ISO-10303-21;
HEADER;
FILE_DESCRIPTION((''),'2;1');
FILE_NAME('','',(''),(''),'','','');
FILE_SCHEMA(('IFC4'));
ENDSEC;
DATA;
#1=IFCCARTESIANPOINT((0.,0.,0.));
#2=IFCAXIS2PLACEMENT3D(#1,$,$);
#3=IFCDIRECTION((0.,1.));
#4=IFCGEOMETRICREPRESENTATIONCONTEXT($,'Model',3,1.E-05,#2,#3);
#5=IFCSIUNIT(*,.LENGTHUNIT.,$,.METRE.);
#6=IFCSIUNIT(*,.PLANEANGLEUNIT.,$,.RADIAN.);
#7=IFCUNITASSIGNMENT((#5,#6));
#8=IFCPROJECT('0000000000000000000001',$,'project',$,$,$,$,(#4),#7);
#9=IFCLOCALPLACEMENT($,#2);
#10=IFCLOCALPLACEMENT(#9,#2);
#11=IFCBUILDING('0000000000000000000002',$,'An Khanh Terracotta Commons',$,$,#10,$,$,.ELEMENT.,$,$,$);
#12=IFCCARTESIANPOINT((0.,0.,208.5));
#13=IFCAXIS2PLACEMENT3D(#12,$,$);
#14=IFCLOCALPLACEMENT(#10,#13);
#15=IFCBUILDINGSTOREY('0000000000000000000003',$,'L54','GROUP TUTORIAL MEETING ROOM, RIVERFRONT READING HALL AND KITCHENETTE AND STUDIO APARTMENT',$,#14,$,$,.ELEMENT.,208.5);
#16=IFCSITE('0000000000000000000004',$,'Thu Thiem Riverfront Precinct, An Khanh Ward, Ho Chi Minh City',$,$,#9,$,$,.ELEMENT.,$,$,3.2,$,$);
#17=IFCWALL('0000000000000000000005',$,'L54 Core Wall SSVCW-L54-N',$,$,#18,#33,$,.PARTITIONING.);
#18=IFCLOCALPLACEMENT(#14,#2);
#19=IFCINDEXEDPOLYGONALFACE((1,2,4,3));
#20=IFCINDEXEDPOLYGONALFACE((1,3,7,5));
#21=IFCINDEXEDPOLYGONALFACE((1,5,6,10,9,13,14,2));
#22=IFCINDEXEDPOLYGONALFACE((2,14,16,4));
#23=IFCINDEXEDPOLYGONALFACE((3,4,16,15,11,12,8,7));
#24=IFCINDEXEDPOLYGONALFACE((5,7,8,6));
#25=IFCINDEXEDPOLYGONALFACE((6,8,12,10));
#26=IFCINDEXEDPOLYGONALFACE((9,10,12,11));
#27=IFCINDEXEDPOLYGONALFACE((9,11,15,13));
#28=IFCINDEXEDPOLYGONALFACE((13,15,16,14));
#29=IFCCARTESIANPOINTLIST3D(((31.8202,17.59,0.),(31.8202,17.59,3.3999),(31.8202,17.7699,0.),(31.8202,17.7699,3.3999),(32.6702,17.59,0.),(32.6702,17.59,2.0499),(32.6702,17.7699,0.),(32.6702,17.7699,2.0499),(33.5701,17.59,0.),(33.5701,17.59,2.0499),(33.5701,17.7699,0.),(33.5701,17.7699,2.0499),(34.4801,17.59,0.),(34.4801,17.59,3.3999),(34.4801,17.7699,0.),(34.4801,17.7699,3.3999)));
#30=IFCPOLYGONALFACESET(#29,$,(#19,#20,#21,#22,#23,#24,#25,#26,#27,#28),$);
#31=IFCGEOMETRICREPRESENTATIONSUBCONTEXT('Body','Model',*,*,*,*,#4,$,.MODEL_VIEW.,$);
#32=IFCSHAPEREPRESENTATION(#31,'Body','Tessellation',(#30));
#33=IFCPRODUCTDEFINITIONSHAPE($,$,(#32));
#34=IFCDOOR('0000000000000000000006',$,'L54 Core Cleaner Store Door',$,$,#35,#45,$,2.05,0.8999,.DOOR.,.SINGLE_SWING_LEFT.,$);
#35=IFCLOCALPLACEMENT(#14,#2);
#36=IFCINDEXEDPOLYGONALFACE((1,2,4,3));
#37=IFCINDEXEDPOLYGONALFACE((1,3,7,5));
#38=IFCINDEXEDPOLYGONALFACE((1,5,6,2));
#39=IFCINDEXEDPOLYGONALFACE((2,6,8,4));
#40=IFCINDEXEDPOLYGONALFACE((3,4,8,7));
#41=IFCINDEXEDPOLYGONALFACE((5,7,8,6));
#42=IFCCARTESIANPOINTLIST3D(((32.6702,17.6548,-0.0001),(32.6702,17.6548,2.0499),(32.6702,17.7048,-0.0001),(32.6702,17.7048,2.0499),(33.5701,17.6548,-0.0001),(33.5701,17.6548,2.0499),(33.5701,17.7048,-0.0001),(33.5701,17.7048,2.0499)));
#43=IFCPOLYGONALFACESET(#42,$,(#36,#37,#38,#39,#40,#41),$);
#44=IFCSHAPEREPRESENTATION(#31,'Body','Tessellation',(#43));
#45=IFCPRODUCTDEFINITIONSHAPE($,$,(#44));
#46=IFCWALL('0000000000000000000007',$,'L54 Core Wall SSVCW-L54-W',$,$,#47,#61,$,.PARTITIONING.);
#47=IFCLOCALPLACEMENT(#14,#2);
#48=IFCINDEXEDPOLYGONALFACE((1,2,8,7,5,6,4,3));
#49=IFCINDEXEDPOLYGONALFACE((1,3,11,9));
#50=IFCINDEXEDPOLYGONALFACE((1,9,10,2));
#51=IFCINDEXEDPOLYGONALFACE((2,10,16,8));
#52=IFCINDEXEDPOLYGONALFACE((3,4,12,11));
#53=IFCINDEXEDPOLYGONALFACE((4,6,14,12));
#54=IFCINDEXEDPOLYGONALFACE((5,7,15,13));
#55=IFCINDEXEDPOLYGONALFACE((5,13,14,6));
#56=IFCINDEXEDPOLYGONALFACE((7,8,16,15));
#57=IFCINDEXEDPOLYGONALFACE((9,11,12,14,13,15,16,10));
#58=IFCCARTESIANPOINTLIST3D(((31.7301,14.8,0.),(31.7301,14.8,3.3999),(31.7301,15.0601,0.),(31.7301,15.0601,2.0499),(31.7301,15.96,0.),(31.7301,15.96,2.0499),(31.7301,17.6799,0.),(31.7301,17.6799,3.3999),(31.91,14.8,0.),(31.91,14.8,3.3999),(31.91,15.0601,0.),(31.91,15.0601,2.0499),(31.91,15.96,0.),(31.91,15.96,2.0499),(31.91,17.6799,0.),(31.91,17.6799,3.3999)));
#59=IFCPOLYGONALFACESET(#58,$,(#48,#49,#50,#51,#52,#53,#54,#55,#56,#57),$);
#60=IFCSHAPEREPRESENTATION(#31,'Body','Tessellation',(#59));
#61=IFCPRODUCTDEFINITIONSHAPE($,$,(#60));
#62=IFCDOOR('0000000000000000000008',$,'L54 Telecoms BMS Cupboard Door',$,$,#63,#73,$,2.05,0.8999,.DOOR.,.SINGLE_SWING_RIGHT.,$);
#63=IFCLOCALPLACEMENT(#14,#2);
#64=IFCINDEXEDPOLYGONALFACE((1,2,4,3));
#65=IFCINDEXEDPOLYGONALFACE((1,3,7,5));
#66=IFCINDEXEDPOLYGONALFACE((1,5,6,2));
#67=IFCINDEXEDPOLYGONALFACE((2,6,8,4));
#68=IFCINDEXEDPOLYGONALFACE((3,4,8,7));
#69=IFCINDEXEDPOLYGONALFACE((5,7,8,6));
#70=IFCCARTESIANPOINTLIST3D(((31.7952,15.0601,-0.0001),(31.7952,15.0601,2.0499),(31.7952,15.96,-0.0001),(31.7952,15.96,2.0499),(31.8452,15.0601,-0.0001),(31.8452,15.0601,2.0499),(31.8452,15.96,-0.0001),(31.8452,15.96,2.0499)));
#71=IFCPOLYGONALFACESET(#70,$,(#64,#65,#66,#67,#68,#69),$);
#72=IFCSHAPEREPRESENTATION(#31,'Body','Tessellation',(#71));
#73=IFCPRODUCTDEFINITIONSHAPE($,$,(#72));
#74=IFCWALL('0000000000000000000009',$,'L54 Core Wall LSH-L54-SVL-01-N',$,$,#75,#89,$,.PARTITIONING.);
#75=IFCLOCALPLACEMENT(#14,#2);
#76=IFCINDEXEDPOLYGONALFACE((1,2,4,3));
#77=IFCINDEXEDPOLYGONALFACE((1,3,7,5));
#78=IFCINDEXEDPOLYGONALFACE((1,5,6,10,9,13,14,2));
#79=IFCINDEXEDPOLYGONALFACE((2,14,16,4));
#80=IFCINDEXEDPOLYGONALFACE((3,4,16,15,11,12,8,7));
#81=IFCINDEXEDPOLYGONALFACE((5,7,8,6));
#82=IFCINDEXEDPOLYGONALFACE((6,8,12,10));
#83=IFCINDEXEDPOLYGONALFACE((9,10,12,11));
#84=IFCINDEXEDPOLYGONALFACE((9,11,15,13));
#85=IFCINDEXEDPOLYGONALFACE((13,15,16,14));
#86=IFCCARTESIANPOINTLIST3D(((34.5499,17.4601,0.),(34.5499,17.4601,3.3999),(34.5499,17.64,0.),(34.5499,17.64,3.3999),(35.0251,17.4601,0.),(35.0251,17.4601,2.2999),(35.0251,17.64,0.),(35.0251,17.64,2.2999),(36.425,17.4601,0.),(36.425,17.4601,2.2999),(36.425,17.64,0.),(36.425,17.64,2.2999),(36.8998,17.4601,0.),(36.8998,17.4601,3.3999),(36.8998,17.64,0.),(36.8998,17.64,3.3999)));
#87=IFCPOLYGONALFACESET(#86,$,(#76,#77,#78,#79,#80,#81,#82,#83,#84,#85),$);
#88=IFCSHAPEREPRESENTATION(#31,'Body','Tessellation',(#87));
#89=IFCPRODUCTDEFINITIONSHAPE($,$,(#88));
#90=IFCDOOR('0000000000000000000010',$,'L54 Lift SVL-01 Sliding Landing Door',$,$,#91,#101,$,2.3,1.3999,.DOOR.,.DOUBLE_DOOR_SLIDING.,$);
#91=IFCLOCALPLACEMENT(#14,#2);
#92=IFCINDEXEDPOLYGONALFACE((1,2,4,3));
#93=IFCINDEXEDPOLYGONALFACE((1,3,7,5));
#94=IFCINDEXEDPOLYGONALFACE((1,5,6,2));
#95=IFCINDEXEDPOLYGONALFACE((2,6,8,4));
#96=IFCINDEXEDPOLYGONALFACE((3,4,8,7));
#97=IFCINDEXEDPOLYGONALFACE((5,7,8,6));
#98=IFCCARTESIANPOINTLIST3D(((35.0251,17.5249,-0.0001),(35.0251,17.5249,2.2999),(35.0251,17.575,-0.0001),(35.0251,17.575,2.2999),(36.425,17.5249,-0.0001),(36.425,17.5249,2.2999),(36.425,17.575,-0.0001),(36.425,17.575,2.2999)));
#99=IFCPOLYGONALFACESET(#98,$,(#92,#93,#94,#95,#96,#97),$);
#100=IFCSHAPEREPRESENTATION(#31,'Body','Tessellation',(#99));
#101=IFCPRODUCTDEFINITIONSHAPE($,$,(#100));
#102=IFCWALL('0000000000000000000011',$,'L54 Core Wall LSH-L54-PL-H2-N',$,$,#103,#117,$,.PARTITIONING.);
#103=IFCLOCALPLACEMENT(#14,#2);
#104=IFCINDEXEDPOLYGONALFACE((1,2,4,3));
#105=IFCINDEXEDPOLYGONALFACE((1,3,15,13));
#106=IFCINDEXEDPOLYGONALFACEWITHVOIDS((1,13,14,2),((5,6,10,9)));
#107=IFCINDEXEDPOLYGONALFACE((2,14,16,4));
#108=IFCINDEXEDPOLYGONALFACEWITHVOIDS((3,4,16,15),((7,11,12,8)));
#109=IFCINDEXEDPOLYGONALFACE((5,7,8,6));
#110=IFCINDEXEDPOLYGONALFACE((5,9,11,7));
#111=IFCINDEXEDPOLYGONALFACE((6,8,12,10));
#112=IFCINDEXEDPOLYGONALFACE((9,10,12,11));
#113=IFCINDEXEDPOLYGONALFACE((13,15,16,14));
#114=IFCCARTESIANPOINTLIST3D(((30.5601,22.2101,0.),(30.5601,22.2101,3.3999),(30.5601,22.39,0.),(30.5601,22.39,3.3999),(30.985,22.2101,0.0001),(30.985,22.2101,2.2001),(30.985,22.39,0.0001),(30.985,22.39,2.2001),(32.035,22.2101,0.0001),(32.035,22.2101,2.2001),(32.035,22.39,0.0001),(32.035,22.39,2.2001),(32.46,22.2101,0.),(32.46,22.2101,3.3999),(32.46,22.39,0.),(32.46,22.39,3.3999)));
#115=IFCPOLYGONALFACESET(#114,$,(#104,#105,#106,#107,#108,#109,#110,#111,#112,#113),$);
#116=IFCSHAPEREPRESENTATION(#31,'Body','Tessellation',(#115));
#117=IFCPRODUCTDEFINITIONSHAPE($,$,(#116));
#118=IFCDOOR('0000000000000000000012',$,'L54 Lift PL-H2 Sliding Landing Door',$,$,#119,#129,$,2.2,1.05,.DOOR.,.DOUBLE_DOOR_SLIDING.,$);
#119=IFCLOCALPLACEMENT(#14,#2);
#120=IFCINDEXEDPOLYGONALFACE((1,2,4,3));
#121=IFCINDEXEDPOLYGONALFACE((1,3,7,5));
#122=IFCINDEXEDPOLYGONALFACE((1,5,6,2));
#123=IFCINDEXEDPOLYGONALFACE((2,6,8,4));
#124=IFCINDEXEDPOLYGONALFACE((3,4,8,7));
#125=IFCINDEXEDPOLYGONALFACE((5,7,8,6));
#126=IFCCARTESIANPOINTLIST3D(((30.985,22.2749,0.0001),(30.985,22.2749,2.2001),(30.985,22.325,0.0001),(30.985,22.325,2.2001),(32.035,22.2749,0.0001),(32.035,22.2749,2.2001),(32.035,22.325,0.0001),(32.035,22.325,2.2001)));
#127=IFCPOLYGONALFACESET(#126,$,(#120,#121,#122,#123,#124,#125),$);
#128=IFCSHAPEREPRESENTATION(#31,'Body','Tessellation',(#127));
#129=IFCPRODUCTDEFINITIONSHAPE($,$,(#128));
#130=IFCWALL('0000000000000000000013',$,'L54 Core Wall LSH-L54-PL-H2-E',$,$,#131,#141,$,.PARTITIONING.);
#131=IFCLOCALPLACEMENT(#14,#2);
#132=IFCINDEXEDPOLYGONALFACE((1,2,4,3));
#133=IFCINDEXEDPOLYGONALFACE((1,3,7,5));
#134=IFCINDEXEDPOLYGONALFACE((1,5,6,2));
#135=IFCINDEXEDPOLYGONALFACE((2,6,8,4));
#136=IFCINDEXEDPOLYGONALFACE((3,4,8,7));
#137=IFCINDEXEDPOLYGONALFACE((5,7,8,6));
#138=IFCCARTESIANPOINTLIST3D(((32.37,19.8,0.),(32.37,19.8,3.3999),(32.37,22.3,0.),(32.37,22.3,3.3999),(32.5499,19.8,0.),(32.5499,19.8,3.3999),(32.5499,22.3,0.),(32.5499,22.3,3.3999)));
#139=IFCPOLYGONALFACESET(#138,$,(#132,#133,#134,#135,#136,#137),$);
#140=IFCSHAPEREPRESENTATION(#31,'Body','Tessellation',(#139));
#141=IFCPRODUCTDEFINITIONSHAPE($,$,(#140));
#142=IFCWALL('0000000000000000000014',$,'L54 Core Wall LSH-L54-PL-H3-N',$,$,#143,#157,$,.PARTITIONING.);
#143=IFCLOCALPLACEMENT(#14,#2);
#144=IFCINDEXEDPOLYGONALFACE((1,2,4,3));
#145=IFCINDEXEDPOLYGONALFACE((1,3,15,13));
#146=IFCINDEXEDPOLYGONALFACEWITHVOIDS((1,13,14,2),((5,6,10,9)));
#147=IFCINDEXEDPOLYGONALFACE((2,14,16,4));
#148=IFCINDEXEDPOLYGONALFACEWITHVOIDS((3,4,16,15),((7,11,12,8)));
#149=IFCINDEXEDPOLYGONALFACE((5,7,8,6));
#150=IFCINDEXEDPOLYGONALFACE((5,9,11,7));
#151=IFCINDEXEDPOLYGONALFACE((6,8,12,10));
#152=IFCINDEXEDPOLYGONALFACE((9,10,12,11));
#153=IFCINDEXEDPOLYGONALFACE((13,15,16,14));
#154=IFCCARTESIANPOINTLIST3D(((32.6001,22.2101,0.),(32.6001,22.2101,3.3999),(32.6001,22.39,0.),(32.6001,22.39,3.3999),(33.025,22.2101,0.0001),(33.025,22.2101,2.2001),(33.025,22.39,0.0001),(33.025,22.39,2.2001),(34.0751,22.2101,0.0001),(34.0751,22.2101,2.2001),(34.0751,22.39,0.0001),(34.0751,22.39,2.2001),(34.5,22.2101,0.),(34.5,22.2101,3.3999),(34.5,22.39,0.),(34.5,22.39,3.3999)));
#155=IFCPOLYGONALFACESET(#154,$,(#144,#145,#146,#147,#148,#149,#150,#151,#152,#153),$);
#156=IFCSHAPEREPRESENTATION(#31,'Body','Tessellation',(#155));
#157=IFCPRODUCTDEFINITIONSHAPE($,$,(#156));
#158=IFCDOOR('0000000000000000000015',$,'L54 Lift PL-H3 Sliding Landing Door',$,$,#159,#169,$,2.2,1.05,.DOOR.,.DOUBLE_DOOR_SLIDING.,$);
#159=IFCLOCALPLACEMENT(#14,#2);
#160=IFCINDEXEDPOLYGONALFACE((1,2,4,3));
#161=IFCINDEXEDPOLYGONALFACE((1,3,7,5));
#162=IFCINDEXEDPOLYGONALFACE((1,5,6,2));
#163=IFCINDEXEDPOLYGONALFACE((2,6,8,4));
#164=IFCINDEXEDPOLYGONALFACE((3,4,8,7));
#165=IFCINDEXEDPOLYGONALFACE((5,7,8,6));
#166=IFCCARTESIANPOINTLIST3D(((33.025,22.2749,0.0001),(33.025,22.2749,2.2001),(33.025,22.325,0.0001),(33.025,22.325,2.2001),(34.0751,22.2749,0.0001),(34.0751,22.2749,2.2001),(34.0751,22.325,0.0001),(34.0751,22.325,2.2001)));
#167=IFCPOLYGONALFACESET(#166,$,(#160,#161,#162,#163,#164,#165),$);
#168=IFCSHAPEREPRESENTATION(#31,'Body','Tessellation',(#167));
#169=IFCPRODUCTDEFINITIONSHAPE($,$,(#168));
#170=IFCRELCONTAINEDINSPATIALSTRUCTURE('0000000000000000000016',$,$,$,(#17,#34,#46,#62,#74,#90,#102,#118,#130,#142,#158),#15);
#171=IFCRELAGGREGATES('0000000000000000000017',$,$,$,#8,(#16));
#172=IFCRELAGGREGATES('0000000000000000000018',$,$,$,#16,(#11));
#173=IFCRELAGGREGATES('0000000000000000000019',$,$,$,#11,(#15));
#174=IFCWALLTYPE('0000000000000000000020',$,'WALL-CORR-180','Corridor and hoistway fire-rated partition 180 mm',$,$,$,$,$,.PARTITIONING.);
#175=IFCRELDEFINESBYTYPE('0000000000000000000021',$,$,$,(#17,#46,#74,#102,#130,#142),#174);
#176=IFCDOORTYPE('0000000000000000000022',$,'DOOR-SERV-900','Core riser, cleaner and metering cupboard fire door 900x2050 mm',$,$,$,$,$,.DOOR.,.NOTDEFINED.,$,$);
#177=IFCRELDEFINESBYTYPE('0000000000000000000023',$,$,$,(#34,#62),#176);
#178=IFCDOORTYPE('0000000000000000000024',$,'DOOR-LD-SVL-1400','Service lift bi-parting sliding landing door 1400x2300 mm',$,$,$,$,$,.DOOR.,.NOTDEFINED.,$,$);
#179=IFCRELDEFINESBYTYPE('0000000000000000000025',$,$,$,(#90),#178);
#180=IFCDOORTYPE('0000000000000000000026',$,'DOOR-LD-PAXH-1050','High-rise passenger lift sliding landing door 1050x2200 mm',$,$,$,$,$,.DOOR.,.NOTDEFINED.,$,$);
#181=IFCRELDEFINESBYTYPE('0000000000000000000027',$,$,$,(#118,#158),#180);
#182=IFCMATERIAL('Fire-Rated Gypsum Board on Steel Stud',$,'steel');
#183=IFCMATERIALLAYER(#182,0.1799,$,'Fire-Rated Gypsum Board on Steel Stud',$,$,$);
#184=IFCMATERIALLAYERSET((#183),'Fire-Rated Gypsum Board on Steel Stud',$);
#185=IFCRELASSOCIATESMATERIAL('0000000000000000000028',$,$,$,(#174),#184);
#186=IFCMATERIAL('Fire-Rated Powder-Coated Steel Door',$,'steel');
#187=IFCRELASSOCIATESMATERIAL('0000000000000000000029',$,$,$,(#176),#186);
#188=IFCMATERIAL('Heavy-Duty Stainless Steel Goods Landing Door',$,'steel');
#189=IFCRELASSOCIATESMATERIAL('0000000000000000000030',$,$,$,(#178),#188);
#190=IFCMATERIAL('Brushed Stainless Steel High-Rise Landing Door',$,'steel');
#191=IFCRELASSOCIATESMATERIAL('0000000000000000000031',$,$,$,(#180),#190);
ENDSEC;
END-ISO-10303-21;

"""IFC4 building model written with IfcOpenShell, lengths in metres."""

from ifc_helpers import new_model, si_unit, direction, frame, frame_2d, origin, place, context, subcontext, project, spatial, rectangle, extrude, material, layer, layer_set, type_object, element, fill, save


model = new_model("IFC4")

# Units and contexts
model_context = context("Model", 3, precision=1e-05, world=origin(), true_north=direction((0.0, 1.0)))
body_context = subcontext(model_context, "Body", "Model", "MODEL_VIEW")
ifc_project = project(units=[si_unit("LENGTHUNIT", "METRE"), si_unit("PLANEANGLEUNIT", "RADIAN")], contexts=[model_context])

# Site, building, storey
site_placement = place(None, origin())
site = spatial("IfcSite", under=ifc_project, at=site_placement, Name="Thu Thiem Riverfront Precinct, An Khanh Ward, Ho Chi Minh City", CompositionType="ELEMENT", RefElevation=3.2)
building_placement = place(site_placement, origin())
building = spatial("IfcBuilding", under=site, at=building_placement, Name="An Khanh Terracotta Commons", CompositionType="ELEMENT")
storey_placement = place(building_placement, frame((0.0, 0.0, 208.5)))
storey = spatial("IfcBuildingStorey", under=building, at=storey_placement, Name="L54", Description="GROUP TUTORIAL MEETING ROOM, RIVERFRONT READING HALL AND KITCHENETTE AND STUDIO APARTMENT", CompositionType="ELEMENT", Elevation=208.5)

# Walls, openings, doors
ifc_material_1 = material(Name="Fire-Rated Gypsum Board on Steel Stud", Category="steel")
ifc_layer_1 = layer(ifc_material_1, 0.1799, Name="Fire-Rated Gypsum Board on Steel Stud")
ifc_layer_set_1 = layer_set([ifc_layer_1], Name="Fire-Rated Gypsum Board on Steel Stud")
wall_type_1 = type_object("IfcWallType", Name="WALL-CORR-180", Description="Corridor and hoistway fire-rated partition 180 mm", PredefinedType="PARTITIONING", material=ifc_layer_set_1)
wall_1_placement = place(storey_placement, frame((31.8201, 17.6799, 0.0), z_axis=(0.0, 0.0, 1.0), x_axis=(1.0, 0.0, 0.0)))
wall_1 = element("IfcWall", 1, at=wall_1_placement, inside=storey, type_object=wall_type_1, Name="L54 Core Wall SSVCW-L54-N", PredefinedType="PARTITIONING", context=body_context, shape_type="SweptSolid", body=[
    extrude(rectangle(XDim=2.6599, YDim=0.1799, at=frame_2d((1.3301, 0.0))), origin(), (0.0, 0.0, 1.0), 3.3999),
])
opening_1_placement = place(wall_1_placement, frame((0.8501, 0.0, 0.0)))
opening_1 = element("IfcOpeningElement", 2, at=opening_1_placement, cuts=wall_1, PredefinedType="OPENING", context=body_context, shape_type="SweptSolid", body=[
    extrude(rectangle(XDim=0.8999, YDim=2.05, at=frame_2d((0.45, 1.0249))), frame((0.0, 0.0999, 0.0), z_axis=(0.0, -1.0, 0.0), x_axis=(1.0, 0.0, 0.0)), (0.0, 0.0, 1.0), 0.2),
])
ifc_material_2 = material(Name="Fire-Rated Powder-Coated Steel Door", Category="steel")
door_type_1 = type_object("IfcDoorType", Name="DOOR-SERV-900", Description="Core riser, cleaner and metering cupboard fire door 900x2050 mm", OperationType="NOTDEFINED", PredefinedType="DOOR", material=ifc_material_2)
door_1_placement = place(opening_1_placement, origin())
door_1 = element("IfcDoor", 3, at=door_1_placement, inside=storey, type_object=door_type_1, Name="L54 Core Cleaner Store Door", OperationType="SINGLE_SWING_LEFT", OverallHeight=2.05, OverallWidth=0.8999, PredefinedType="DOOR", context=body_context, shape_type="SweptSolid", body=[
    extrude(rectangle(XDim=0.8999, YDim=2.05, at=frame_2d((0.45, 1.0249))), frame((0.0, 0.0249, 0.0), z_axis=(0.0, -1.0, 0.0), x_axis=(1.0, 0.0, 0.0)), (0.0, 0.0, 1.0), 0.05),
])
fill(opening_1, door_1)
wall_2_placement = place(storey_placement, frame((31.8201, 14.8, 0.0), z_axis=(0.0, 0.0, 1.0), x_axis=(0.0, 1.0, 0.0)))
wall_2 = element("IfcWall", 4, at=wall_2_placement, inside=storey, type_object=wall_type_1, Name="L54 Core Wall SSVCW-L54-W", PredefinedType="PARTITIONING", context=body_context, shape_type="SweptSolid", body=[
    extrude(rectangle(XDim=2.8799, YDim=0.1799, at=frame_2d((1.4399, 0.0))), origin(), (0.0, 0.0, 1.0), 3.3999),
])
opening_2_placement = place(wall_2_placement, frame((0.26, 0.0, 0.0)))
opening_2 = element("IfcOpeningElement", 5, at=opening_2_placement, cuts=wall_2, PredefinedType="OPENING", context=body_context, shape_type="SweptSolid", body=[
    extrude(rectangle(XDim=0.8999, YDim=2.05, at=frame_2d((0.45, 1.0249))), frame((0.0, 0.0999, 0.0), z_axis=(0.0, -1.0, 0.0), x_axis=(1.0, 0.0, 0.0)), (0.0, 0.0, 1.0), 0.2),
])
door_2_placement = place(opening_2_placement, origin())
door_2 = element("IfcDoor", 6, at=door_2_placement, inside=storey, type_object=door_type_1, Name="L54 Telecoms BMS Cupboard Door", OperationType="SINGLE_SWING_RIGHT", OverallHeight=2.05, OverallWidth=0.8999, PredefinedType="DOOR", context=body_context, shape_type="SweptSolid", body=[
    extrude(rectangle(XDim=0.8999, YDim=2.05, at=frame_2d((0.45, 1.0249))), frame((0.0, 0.0249, 0.0), z_axis=(0.0, -1.0, 0.0), x_axis=(1.0, 0.0, 0.0)), (0.0, 0.0, 1.0), 0.05),
])
fill(opening_2, door_2)
wall_3_placement = place(storey_placement, frame((34.55, 17.55, 0.0), z_axis=(0.0, 0.0, 1.0), x_axis=(1.0, 0.0, 0.0)))
wall_3 = element("IfcWall", 7, at=wall_3_placement, inside=storey, type_object=wall_type_1, Name="L54 Core Wall LSH-L54-SVL-01-N", PredefinedType="PARTITIONING", context=body_context, shape_type="SweptSolid", body=[
    extrude(rectangle(XDim=2.3499, YDim=0.1799, at=frame_2d((1.1748, 0.0))), origin(), (0.0, 0.0, 1.0), 3.3999),
])
opening_3_placement = place(wall_3_placement, frame((0.4751, 0.0, 0.0)))
opening_3 = element("IfcOpeningElement", 8, at=opening_3_placement, cuts=wall_3, PredefinedType="OPENING", context=body_context, shape_type="SweptSolid", body=[
    extrude(rectangle(XDim=1.3999, YDim=2.3, at=frame_2d((0.7, 1.1499))), frame((0.0, 0.0999, 0.0), z_axis=(0.0, -1.0, 0.0), x_axis=(1.0, 0.0, 0.0)), (0.0, 0.0, 1.0), 0.2),
])
ifc_material_3 = material(Name="Heavy-Duty Stainless Steel Goods Landing Door", Category="steel")
door_type_2 = type_object("IfcDoorType", Name="DOOR-LD-SVL-1400", Description="Service lift bi-parting sliding landing door 1400x2300 mm", OperationType="NOTDEFINED", PredefinedType="DOOR", material=ifc_material_3)
door_3_placement = place(opening_3_placement, origin())
door_3 = element("IfcDoor", 9, at=door_3_placement, inside=storey, type_object=door_type_2, Name="L54 Lift SVL-01 Sliding Landing Door", OperationType="DOUBLE_DOOR_SLIDING", OverallHeight=2.3, OverallWidth=1.3999, PredefinedType="DOOR", context=body_context, shape_type="SweptSolid", body=[
    extrude(rectangle(XDim=1.3999, YDim=2.3, at=frame_2d((0.7, 1.1499))), frame((0.0, 0.0249, 0.0), z_axis=(0.0, -1.0, 0.0), x_axis=(1.0, 0.0, 0.0)), (0.0, 0.0, 1.0), 0.05),
])
fill(opening_3, door_3)
wall_4_placement = place(storey_placement, frame((30.5601, 22.3, 0.0), z_axis=(0.0, 0.0, 1.0), x_axis=(1.0, 0.0, 0.0)))
wall_4 = element("IfcWall", 10, at=wall_4_placement, inside=storey, type_object=wall_type_1, Name="L54 Core Wall LSH-L54-PL-H2-N", PredefinedType="PARTITIONING", context=body_context, shape_type="SweptSolid", body=[
    extrude(rectangle(XDim=1.8999, YDim=0.1799, at=frame_2d((0.95, 0.0))), origin(), (0.0, 0.0, 1.0), 3.3999),
])
opening_4_placement = place(wall_4_placement, frame((0.425, 0.0, 0.0)))
opening_4 = element("IfcOpeningElement", 11, at=opening_4_placement, cuts=wall_4, PredefinedType="OPENING", context=body_context, shape_type="SweptSolid", body=[
    extrude(rectangle(XDim=1.05, YDim=2.2, at=frame_2d((0.5249, 1.1001))), frame((0.0, 0.0999, 0.0), z_axis=(0.0, -1.0, 0.0), x_axis=(1.0, 0.0, 0.0)), (0.0, 0.0, 1.0), 0.2),
])
ifc_material_4 = material(Name="Brushed Stainless Steel High-Rise Landing Door", Category="steel")
door_type_3 = type_object("IfcDoorType", Name="DOOR-LD-PAXH-1050", Description="High-rise passenger lift sliding landing door 1050x2200 mm", OperationType="NOTDEFINED", PredefinedType="DOOR", material=ifc_material_4)
door_4_placement = place(opening_4_placement, origin())
door_4 = element("IfcDoor", 12, at=door_4_placement, inside=storey, type_object=door_type_3, Name="L54 Lift PL-H2 Sliding Landing Door", OperationType="DOUBLE_DOOR_SLIDING", OverallHeight=2.2, OverallWidth=1.05, PredefinedType="DOOR", context=body_context, shape_type="SweptSolid", body=[
    extrude(rectangle(XDim=1.05, YDim=2.2, at=frame_2d((0.5249, 1.1001))), frame((0.0, 0.0249, 0.0), z_axis=(0.0, -1.0, 0.0), x_axis=(1.0, 0.0, 0.0)), (0.0, 0.0, 1.0), 0.05),
])
fill(opening_4, door_4)

# Wall
wall_5_placement = place(storey_placement, frame((32.46, 19.8, 0.0), z_axis=(0.0, 0.0, 1.0), x_axis=(0.0, 1.0, 0.0)))
element("IfcWall", 13, at=wall_5_placement, inside=storey, type_object=wall_type_1, Name="L54 Core Wall LSH-L54-PL-H2-E", PredefinedType="PARTITIONING", context=body_context, shape_type="SweptSolid", body=[
    extrude(rectangle(XDim=2.5, YDim=0.1799, at=frame_2d((1.25, 0.0))), origin(), (0.0, 0.0, 1.0), 3.3999),
])

# Wall, opening, door
wall_6_placement = place(storey_placement, frame((32.6001, 22.3, 0.0), z_axis=(0.0, 0.0, 1.0), x_axis=(1.0, 0.0, 0.0)))
wall_6 = element("IfcWall", 14, at=wall_6_placement, inside=storey, type_object=wall_type_1, Name="L54 Core Wall LSH-L54-PL-H3-N", PredefinedType="PARTITIONING", context=body_context, shape_type="SweptSolid", body=[
    extrude(rectangle(XDim=1.8999, YDim=0.1799, at=frame_2d((0.95, 0.0))), origin(), (0.0, 0.0, 1.0), 3.3999),
])
opening_5_placement = place(wall_6_placement, frame((0.425, 0.0, 0.0)))
opening_5 = element("IfcOpeningElement", 15, at=opening_5_placement, cuts=wall_6, PredefinedType="OPENING", context=body_context, shape_type="SweptSolid", body=[
    extrude(rectangle(XDim=1.05, YDim=2.2, at=frame_2d((0.5249, 1.1001))), frame((0.0, 0.0999, 0.0), z_axis=(0.0, -1.0, 0.0), x_axis=(1.0, 0.0, 0.0)), (0.0, 0.0, 1.0), 0.2),
])
door_5_placement = place(opening_5_placement, origin())
door_5 = element("IfcDoor", 16, at=door_5_placement, inside=storey, type_object=door_type_3, Name="L54 Lift PL-H3 Sliding Landing Door", OperationType="DOUBLE_DOOR_SLIDING", OverallHeight=2.2, OverallWidth=1.05, PredefinedType="DOOR", context=body_context, shape_type="SweptSolid", body=[
    extrude(rectangle(XDim=1.05, YDim=2.2, at=frame_2d((0.5249, 1.1001))), frame((0.0, 0.0249, 0.0), z_axis=(0.0, -1.0, 0.0), x_axis=(1.0, 0.0, 0.0)), (0.0, 0.0, 1.0), 0.05),
])
fill(opening_5, door_5)

save(model, "model.ifc")
